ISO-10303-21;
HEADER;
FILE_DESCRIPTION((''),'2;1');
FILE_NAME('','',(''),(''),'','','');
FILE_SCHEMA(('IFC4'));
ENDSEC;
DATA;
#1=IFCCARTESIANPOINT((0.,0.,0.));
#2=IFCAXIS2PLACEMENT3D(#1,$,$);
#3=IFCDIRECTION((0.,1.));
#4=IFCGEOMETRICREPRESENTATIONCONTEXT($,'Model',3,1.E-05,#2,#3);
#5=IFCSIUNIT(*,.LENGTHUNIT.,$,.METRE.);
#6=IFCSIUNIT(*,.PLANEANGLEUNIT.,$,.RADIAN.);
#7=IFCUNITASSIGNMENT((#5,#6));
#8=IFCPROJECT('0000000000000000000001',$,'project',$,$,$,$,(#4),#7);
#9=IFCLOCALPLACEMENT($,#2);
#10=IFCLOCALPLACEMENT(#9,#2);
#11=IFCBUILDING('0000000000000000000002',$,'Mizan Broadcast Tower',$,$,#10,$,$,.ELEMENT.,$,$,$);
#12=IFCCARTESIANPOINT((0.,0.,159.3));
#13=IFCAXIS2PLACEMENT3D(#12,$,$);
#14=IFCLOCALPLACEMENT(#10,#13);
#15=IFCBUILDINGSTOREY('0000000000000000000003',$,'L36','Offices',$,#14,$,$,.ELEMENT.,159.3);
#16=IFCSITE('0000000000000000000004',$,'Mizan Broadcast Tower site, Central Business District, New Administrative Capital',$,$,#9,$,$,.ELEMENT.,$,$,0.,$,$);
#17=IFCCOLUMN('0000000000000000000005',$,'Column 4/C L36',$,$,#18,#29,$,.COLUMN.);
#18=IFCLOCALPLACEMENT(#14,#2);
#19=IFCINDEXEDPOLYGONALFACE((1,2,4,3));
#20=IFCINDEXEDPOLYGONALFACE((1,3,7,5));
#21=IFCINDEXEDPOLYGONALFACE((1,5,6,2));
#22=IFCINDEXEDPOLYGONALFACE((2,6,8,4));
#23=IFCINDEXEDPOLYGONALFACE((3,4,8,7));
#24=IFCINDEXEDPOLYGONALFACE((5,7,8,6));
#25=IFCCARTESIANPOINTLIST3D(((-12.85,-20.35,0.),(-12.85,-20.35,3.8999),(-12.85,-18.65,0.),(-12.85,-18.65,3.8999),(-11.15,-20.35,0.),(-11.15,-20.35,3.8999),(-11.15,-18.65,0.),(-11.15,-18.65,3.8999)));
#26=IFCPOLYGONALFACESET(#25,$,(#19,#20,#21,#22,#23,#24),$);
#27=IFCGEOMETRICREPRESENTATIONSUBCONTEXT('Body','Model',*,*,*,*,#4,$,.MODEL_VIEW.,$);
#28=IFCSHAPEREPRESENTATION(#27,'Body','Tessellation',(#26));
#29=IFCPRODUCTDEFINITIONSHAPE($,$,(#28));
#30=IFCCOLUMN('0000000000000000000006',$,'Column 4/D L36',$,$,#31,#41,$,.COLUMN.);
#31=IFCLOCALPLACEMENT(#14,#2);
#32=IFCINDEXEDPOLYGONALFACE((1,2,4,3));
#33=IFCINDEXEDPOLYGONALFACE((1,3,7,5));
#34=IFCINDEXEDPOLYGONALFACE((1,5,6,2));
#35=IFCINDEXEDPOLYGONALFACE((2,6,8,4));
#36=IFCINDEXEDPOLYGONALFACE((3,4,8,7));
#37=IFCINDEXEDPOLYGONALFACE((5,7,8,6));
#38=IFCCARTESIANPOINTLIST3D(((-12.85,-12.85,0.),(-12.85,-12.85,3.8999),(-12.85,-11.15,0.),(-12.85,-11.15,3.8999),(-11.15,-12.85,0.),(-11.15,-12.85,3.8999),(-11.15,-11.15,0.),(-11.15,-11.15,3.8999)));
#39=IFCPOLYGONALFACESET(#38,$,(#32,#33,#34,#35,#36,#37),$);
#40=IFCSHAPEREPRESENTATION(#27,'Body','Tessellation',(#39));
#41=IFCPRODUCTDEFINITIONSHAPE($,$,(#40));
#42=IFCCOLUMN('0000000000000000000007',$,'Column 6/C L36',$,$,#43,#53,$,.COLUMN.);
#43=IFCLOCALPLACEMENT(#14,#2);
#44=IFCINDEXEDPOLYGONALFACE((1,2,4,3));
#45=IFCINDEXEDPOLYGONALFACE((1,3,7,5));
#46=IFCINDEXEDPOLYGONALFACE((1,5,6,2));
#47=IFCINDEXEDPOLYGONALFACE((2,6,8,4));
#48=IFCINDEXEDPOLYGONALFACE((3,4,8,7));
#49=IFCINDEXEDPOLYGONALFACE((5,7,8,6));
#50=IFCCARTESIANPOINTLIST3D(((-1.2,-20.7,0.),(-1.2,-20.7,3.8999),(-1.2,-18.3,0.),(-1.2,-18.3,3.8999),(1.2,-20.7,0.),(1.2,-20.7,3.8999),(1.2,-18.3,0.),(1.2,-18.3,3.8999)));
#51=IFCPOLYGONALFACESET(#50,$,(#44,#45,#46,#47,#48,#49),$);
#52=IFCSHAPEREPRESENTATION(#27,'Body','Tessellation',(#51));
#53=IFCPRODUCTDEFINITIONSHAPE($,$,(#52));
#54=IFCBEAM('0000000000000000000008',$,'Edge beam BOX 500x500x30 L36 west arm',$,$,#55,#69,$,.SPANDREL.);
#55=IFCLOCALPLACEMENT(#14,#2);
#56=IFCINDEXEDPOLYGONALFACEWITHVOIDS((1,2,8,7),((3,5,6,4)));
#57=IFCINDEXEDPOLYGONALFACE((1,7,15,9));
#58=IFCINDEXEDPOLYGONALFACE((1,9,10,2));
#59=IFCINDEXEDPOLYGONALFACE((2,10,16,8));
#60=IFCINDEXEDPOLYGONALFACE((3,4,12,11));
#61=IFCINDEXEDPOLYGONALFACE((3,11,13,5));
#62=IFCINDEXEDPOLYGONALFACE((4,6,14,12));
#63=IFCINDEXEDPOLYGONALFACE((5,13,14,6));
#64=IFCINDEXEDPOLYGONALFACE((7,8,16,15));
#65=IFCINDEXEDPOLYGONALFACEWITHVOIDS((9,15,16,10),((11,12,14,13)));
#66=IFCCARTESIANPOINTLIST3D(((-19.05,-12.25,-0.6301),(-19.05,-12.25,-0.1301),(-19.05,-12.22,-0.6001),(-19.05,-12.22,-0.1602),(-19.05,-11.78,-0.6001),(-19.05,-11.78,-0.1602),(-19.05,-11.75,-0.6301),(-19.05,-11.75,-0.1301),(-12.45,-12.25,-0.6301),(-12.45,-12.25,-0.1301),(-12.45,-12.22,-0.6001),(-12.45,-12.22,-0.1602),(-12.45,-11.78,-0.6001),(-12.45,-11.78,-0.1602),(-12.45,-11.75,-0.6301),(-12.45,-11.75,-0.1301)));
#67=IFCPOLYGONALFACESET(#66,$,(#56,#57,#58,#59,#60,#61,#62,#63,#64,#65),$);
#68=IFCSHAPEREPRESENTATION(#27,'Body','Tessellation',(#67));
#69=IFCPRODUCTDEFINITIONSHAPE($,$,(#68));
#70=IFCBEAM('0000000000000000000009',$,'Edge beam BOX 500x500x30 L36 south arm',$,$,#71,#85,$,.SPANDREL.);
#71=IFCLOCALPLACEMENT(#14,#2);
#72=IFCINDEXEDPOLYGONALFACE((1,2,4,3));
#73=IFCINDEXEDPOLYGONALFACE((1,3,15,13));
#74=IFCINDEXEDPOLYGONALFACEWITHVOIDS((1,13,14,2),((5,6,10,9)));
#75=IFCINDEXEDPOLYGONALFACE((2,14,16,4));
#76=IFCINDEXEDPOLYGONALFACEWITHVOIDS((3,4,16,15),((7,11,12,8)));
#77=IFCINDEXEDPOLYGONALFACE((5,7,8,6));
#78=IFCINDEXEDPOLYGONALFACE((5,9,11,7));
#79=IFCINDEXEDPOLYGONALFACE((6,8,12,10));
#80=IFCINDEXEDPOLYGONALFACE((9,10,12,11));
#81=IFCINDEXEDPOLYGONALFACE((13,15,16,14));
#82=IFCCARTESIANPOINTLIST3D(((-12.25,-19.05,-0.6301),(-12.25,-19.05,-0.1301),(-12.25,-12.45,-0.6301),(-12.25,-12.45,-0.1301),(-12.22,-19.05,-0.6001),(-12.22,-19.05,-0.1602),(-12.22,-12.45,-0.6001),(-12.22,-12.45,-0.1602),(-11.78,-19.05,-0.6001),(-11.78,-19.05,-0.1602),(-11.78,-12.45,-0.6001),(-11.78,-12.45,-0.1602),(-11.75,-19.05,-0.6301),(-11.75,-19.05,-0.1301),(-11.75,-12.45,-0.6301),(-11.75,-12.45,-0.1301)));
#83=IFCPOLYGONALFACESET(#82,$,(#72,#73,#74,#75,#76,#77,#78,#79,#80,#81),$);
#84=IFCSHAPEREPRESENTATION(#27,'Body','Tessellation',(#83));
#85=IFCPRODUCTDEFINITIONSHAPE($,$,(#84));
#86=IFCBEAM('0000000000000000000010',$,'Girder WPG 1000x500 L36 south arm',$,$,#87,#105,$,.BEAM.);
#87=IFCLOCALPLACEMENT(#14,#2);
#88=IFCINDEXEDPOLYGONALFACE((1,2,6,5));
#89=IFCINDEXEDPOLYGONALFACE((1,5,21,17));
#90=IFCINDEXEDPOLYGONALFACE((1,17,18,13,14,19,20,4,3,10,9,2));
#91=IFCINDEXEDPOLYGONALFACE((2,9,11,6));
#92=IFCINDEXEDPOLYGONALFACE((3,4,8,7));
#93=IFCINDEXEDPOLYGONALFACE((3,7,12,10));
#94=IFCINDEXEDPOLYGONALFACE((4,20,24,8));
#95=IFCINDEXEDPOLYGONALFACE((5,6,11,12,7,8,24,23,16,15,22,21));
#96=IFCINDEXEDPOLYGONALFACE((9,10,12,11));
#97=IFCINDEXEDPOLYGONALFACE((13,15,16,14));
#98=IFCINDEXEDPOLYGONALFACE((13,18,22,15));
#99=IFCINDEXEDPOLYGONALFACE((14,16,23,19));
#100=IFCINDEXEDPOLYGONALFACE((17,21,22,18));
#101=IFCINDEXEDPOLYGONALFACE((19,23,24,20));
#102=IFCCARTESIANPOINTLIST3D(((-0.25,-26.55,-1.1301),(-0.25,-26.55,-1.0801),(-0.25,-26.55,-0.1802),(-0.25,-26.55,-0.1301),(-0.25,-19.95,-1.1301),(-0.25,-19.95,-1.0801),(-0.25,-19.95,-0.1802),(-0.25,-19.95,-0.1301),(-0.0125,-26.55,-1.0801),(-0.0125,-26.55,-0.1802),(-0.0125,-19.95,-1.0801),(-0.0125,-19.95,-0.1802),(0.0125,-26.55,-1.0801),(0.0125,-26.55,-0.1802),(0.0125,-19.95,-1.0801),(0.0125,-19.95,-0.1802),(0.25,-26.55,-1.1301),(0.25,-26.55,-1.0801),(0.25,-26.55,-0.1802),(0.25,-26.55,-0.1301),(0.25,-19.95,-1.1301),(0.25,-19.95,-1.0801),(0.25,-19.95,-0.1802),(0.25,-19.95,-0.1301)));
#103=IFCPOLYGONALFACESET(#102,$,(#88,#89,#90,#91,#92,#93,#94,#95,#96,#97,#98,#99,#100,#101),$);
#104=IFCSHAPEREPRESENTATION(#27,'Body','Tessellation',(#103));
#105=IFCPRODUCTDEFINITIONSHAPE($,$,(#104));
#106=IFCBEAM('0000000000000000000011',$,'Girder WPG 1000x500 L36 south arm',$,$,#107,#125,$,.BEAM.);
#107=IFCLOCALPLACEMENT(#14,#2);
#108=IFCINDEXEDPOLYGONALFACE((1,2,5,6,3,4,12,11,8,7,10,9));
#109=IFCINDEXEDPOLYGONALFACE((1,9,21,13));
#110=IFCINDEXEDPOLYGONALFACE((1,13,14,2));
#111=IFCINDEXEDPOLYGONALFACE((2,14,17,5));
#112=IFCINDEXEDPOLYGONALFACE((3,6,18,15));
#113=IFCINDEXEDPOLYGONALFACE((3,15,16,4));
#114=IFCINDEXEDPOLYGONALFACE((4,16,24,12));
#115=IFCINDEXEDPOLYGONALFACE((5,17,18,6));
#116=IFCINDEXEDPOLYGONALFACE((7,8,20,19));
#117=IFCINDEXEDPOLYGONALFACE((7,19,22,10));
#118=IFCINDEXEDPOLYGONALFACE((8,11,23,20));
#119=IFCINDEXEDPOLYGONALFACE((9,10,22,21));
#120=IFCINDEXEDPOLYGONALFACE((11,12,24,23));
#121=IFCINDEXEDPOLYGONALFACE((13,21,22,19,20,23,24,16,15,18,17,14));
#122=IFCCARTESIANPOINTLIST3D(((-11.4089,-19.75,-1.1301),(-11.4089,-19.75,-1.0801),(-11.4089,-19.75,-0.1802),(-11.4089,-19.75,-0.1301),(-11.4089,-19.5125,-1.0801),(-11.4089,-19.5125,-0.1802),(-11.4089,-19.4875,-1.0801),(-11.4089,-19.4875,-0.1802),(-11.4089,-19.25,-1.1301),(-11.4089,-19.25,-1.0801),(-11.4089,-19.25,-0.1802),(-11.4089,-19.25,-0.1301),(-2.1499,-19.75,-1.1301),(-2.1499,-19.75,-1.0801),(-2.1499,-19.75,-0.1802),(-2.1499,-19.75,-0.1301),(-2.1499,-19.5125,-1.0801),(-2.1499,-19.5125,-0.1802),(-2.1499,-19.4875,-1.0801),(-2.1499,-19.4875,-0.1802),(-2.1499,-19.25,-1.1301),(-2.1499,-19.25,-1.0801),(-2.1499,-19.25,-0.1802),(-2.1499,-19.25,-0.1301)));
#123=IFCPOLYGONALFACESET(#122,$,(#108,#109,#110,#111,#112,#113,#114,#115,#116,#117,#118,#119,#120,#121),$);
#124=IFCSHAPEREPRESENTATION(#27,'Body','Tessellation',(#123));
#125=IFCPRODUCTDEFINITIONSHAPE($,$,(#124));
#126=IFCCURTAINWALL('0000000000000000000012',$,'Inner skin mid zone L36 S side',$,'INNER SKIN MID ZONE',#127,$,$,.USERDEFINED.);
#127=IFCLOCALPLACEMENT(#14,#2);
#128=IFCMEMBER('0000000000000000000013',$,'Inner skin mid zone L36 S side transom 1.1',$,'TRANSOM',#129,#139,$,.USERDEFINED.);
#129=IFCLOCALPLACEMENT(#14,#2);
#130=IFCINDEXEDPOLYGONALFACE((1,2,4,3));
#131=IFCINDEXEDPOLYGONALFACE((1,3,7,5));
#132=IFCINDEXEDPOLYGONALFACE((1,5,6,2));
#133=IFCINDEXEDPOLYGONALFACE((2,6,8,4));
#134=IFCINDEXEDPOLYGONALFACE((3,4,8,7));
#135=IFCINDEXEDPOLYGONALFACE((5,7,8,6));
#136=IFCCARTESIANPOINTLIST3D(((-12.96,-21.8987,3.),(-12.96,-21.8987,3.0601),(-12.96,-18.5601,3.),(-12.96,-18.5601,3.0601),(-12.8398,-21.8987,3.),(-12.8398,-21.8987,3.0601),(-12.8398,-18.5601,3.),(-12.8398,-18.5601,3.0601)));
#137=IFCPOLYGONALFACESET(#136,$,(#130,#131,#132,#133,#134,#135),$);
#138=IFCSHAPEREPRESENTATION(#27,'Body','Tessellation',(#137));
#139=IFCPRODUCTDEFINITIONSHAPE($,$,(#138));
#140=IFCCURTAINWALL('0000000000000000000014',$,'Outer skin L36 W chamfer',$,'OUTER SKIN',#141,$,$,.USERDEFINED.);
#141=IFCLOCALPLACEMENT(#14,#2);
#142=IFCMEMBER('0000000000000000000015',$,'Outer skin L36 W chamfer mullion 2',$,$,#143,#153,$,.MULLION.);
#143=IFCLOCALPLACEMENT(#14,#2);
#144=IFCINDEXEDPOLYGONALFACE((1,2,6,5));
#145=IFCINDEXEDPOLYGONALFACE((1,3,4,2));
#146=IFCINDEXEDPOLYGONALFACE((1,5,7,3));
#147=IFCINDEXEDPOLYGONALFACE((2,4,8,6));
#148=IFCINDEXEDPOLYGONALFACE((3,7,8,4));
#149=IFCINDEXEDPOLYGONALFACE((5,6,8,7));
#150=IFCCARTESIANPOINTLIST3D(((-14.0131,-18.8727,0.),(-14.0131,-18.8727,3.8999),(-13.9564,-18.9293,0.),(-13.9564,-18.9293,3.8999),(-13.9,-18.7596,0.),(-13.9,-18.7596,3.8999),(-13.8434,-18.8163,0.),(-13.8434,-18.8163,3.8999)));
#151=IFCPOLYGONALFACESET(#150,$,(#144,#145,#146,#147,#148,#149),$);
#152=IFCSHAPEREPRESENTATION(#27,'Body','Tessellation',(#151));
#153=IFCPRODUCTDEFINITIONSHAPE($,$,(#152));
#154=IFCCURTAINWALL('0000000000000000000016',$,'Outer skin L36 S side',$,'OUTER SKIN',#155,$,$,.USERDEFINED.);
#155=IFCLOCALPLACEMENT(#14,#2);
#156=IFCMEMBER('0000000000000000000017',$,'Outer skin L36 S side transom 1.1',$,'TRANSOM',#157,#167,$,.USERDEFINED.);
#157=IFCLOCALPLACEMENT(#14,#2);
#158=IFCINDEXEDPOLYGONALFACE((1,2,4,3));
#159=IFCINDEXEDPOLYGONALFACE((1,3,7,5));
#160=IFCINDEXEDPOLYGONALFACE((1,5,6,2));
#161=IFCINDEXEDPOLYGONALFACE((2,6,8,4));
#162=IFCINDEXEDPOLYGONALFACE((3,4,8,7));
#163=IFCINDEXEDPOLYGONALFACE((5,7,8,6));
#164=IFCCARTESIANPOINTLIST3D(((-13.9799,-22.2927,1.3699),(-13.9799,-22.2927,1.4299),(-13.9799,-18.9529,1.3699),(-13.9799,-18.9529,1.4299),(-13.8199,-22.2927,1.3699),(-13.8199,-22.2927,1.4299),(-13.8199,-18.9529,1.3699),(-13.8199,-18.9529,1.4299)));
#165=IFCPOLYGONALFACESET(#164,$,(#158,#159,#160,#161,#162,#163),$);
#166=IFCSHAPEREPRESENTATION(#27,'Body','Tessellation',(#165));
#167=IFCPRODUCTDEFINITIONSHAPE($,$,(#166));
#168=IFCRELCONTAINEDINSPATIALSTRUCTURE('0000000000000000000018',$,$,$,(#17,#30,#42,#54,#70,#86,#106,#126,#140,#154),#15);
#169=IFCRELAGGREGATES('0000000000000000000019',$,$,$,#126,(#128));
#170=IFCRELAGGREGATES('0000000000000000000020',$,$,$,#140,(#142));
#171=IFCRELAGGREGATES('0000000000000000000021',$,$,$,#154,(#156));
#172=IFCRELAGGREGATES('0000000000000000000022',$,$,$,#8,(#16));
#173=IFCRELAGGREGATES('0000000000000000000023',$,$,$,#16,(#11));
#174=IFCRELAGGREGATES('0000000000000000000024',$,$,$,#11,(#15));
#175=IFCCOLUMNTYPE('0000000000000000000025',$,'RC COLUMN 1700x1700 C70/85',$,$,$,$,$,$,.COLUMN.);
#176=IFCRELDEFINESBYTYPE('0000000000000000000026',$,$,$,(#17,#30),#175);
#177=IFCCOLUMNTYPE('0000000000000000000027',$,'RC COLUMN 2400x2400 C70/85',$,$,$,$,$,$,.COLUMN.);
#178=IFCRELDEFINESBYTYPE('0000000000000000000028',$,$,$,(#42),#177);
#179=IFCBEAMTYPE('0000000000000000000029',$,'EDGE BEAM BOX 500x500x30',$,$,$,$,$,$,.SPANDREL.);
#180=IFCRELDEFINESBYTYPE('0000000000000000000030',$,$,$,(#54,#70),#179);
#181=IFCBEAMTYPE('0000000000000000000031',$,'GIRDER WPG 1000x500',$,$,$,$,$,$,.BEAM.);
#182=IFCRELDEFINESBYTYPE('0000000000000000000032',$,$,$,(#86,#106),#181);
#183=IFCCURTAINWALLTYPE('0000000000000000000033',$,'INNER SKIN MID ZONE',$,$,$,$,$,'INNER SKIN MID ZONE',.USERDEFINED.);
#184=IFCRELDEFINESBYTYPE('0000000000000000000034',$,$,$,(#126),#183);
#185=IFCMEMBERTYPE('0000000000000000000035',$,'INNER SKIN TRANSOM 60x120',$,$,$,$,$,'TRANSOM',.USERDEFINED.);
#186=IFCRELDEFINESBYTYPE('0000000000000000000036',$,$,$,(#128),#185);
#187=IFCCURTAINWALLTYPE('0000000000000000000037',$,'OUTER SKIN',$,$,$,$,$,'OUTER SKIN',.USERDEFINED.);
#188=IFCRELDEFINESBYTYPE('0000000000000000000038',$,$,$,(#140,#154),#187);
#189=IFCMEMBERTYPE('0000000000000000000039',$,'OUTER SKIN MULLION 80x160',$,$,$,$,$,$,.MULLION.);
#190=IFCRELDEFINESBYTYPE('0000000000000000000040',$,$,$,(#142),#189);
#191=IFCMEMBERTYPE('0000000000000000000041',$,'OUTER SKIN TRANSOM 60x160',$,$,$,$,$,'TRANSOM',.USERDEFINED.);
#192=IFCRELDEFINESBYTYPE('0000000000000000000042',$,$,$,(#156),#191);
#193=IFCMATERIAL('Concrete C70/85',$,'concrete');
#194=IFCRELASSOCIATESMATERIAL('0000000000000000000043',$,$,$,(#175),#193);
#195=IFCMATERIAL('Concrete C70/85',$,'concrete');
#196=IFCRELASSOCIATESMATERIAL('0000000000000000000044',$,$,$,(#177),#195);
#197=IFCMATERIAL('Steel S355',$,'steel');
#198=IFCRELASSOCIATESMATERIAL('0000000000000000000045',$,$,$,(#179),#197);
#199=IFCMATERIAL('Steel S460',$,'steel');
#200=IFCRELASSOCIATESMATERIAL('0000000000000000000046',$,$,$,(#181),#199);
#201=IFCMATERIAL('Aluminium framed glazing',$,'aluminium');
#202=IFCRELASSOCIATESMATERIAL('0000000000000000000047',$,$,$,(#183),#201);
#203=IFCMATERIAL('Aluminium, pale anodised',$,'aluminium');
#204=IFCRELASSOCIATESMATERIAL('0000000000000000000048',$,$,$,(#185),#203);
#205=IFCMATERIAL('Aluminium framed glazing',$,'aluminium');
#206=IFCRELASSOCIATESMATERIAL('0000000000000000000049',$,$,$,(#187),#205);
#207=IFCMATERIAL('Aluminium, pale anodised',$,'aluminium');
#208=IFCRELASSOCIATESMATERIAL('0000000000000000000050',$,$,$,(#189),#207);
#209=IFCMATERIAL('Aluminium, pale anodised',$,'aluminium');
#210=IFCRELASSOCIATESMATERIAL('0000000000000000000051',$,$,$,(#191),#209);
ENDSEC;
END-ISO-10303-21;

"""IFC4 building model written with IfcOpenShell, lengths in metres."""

from ifc_helpers import new_model, si_unit, direction, frame, origin, origin_2d, place, context, subcontext, project, spatial, rectangle, hollow_rectangle, i_section, extrude, material, material_profile, profile_set, type_object, element, aggregate, save


model = new_model("IFC4")

# Units and contexts
model_context = context("Model", 3, precision=1e-05, world=origin(), true_north=direction((0.0, 1.0)))
body_context = subcontext(model_context, "Body", "Model", "MODEL_VIEW")
ifc_project = project(units=[si_unit("LENGTHUNIT", "METRE"), si_unit("PLANEANGLEUNIT", "RADIAN")], contexts=[model_context])

# Site, building, storey
site_placement = place(None, origin())
site = spatial("IfcSite", under=ifc_project, at=site_placement, Name="Mizan Broadcast Tower site, Central Business District, New Administrative Capital", CompositionType="ELEMENT", RefElevation=0.0)
building_placement = place(site_placement, origin())
building = spatial("IfcBuilding", under=site, at=building_placement, Name="Mizan Broadcast Tower", CompositionType="ELEMENT")
storey_placement = place(building_placement, frame((0.0, 0.0, 159.3)))
storey = spatial("IfcBuildingStorey", under=building, at=storey_placement, Name="L36", Description="Offices", CompositionType="ELEMENT", Elevation=159.3)

# Columns
ifc_material_1 = material(Name="Concrete C70/85", Category="concrete")
ifc_material_profile_1 = material_profile(ifc_material_1, rectangle(XDim=1.7, YDim=1.7, at=origin_2d()), Name="RC 1700x1700")
ifc_profile_set_1 = profile_set([ifc_material_profile_1], Name="Concrete C70/85")
column_type_1 = type_object("IfcColumnType", Name="RC COLUMN 1700x1700 C70/85", PredefinedType="COLUMN", material=ifc_profile_set_1)
for number, where, z_axis, x_axis, name in (
    (1, (-12.0, -19.5, 0.0), (0.0, 0.0, 1.0), (1.0, 0.0, 0.0), "Column 4/C L36"),
    (2, (-12.0, -12.0, 0.0), (0.0, 0.0, 1.0), (1.0, 0.0, 0.0), "Column 4/D L36"),
):
    element("IfcColumn", number, at=place(storey_placement, frame(where, z_axis=z_axis, x_axis=x_axis)), inside=storey, type_object=column_type_1, Name=name, PredefinedType="COLUMN", context=body_context, shape_type="SweptSolid", body=[
        extrude(rectangle(XDim=1.7, YDim=1.7, at=origin_2d()), origin(), (0.0, 0.0, 1.0), 3.8999),
    ])
ifc_material_2 = material(Name="Concrete C70/85", Category="concrete")
ifc_material_profile_2 = material_profile(ifc_material_2, rectangle(XDim=2.3999, YDim=2.3999, at=origin_2d()), Name="RC 2400x2400")
ifc_profile_set_2 = profile_set([ifc_material_profile_2], Name="Concrete C70/85")
column_type_2 = type_object("IfcColumnType", Name="RC COLUMN 2400x2400 C70/85", PredefinedType="COLUMN", material=ifc_profile_set_2)
column_placement = place(storey_placement, frame((0.0, -19.5, 0.0), z_axis=(0.0, 0.0, 1.0), x_axis=(1.0, 0.0, 0.0)))
element("IfcColumn", 3, at=column_placement, inside=storey, type_object=column_type_2, Name="Column 6/C L36", PredefinedType="COLUMN", context=body_context, shape_type="SweptSolid", body=[
    extrude(rectangle(XDim=2.3999, YDim=2.3999, at=origin_2d()), origin(), (0.0, 0.0, 1.0), 3.8999),
])

# Beams
ifc_material_3 = material(Name="Steel S355", Category="steel")
ifc_material_profile_3 = material_profile(ifc_material_3, hollow_rectangle(XDim=0.5, YDim=0.5, WallThickness=0.03, at=origin_2d()), Name="BOX 500x500x30")
ifc_profile_set_3 = profile_set([ifc_material_profile_3], Name="Steel S355")
beam_type_1 = type_object("IfcBeamType", Name="EDGE BEAM BOX 500x500x30", PredefinedType="SPANDREL", material=ifc_profile_set_3)
for number, where, z_axis, x_axis, name in (
    (4, (-12.45, -12.0, -0.3801), (-1.0, 0.0, 0.0), (0.0, -1.0, 0.0), "Edge beam BOX 500x500x30 L36 west arm"),
    (5, (-12.0, -12.45, -0.3801), (0.0, -1.0, 0.0), (1.0, 0.0, 0.0), "Edge beam BOX 500x500x30 L36 south arm"),
):
    element("IfcBeam", number, at=place(storey_placement, frame(where, z_axis=z_axis, x_axis=x_axis)), inside=storey, type_object=beam_type_1, Name=name, PredefinedType="SPANDREL", context=body_context, shape_type="SweptSolid", body=[
        extrude(hollow_rectangle(XDim=0.5, YDim=0.5, WallThickness=0.03, at=origin_2d()), origin(), (0.0, 0.0, 1.0), 6.6001),
    ])
ifc_material_4 = material(Name="Steel S460", Category="steel")
ifc_material_profile_4 = material_profile(ifc_material_4, i_section(OverallWidth=0.5, OverallDepth=1.0, WebThickness=0.0249, FlangeThickness=0.05, at=origin_2d()), Name="WPG 1000x500")
ifc_profile_set_4 = profile_set([ifc_material_profile_4], Name="Steel S460")
beam_type_2 = type_object("IfcBeamType", Name="GIRDER WPG 1000x500", PredefinedType="BEAM", material=ifc_profile_set_4)
beam_1_placement = place(storey_placement, frame((0.0, -19.95, -0.6301), z_axis=(0.0, -1.0, 0.0), x_axis=(1.0, 0.0, 0.0)))
element("IfcBeam", 6, at=beam_1_placement, inside=storey, type_object=beam_type_2, Name="Girder WPG 1000x500 L36 south arm", PredefinedType="BEAM", context=body_context, shape_type="SweptSolid", body=[
    extrude(i_section(OverallWidth=0.5, OverallDepth=1.0, WebThickness=0.0249, FlangeThickness=0.05, at=origin_2d()), origin(), (0.0, 0.0, 1.0), 6.6001),
])
beam_2_placement = place(storey_placement, frame((-11.4089, -19.5, -0.6301), z_axis=(1.0, 0.0, 0.0), x_axis=(0.0, 1.0, 0.0)))
element("IfcBeam", 7, at=beam_2_placement, inside=storey, type_object=beam_type_2, Name="Girder WPG 1000x500 L36 south arm", PredefinedType="BEAM", context=body_context, shape_type="SweptSolid", body=[
    extrude(i_section(OverallWidth=0.5, OverallDepth=1.0, WebThickness=0.0249, FlangeThickness=0.05, at=origin_2d()), origin(), (0.0, 0.0, 1.0), 9.259),
])

# Curtain walls, members
ifc_material_5 = material(Name="Aluminium framed glazing", Category="aluminium")
curtain_wall_type_1 = type_object("IfcCurtainWallType", Name="INNER SKIN MID ZONE", ElementType="INNER SKIN MID ZONE", PredefinedType="USERDEFINED", material=ifc_material_5)
curtain_wall_1_placement = place(storey_placement, origin())
curtain_wall_1 = element("IfcCurtainWall", 8, at=curtain_wall_1_placement, inside=storey, type_object=curtain_wall_type_1, Name="Inner skin mid zone L36 S side", ObjectType="INNER SKIN MID ZONE", PredefinedType="USERDEFINED")
ifc_material_6 = material(Name="Aluminium, pale anodised", Category="aluminium")
ifc_material_profile_5 = material_profile(ifc_material_6, rectangle(XDim=0.1201, YDim=0.0601, at=origin_2d()), Name="TRANSOM 120x60")
ifc_profile_set_5 = profile_set([ifc_material_profile_5], Name="Aluminium, pale anodised")
member_type_1 = type_object("IfcMemberType", Name="INNER SKIN TRANSOM 60x120", ElementType="TRANSOM", PredefinedType="USERDEFINED", material=ifc_profile_set_5)
member_1_placement = place(storey_placement, frame((-12.8999, -18.5601, 3.03), z_axis=(0.0, -1.0, 0.0), x_axis=(1.0, 0.0, 0.0)))
member_1 = element("IfcMember", 9, at=member_1_placement, type_object=member_type_1, Name="Inner skin mid zone L36 S side transom 1.1", ObjectType="TRANSOM", PredefinedType="USERDEFINED", context=body_context, shape_type="SweptSolid", body=[
    extrude(rectangle(XDim=0.1201, YDim=0.0601, at=origin_2d()), origin(), (0.0, 0.0, 1.0), 3.3386),
])
aggregate(curtain_wall_1, [member_1])
ifc_material_7 = material(Name="Aluminium framed glazing", Category="aluminium")
curtain_wall_type_2 = type_object("IfcCurtainWallType", Name="OUTER SKIN", ElementType="OUTER SKIN", PredefinedType="USERDEFINED", material=ifc_material_7)
curtain_wall_2_placement = place(storey_placement, origin())
curtain_wall_2 = element("IfcCurtainWall", 10, at=curtain_wall_2_placement, inside=storey, type_object=curtain_wall_type_2, Name="Outer skin L36 W chamfer", ObjectType="OUTER SKIN", PredefinedType="USERDEFINED")
ifc_material_8 = material(Name="Aluminium, pale anodised", Category="aluminium")
ifc_material_profile_6 = material_profile(ifc_material_8, rectangle(XDim=0.1599, YDim=0.0801, at=origin_2d()), Name="MULLION 160x80")
ifc_profile_set_6 = profile_set([ifc_material_profile_6], Name="Aluminium, pale anodised")
member_type_2 = type_object("IfcMemberType", Name="OUTER SKIN MULLION 80x160", PredefinedType="MULLION", material=ifc_profile_set_6)
member_2_placement = place(storey_placement, frame((-13.9282, -18.8445, 0.0), z_axis=(0.0, 0.0, 1.0), x_axis=(0.707107, 0.707107, 0.0)))
member_2 = element("IfcMember", 11, at=member_2_placement, type_object=member_type_2, Name="Outer skin L36 W chamfer mullion 2", PredefinedType="MULLION", context=body_context, shape_type="SweptSolid", body=[
    extrude(rectangle(XDim=0.1599, YDim=0.0801, at=origin_2d()), origin(), (0.0, 0.0, 1.0), 3.8999),
])
aggregate(curtain_wall_2, [member_2])
curtain_wall_3_placement = place(storey_placement, origin())
curtain_wall_3 = element("IfcCurtainWall", 12, at=curtain_wall_3_placement, inside=storey, type_object=curtain_wall_type_2, Name="Outer skin L36 S side", ObjectType="OUTER SKIN", PredefinedType="USERDEFINED")
ifc_material_9 = material(Name="Aluminium, pale anodised", Category="aluminium")
ifc_material_profile_7 = material_profile(ifc_material_9, rectangle(XDim=0.1599, YDim=0.0601, at=origin_2d()), Name="TRANSOM 160x60")
ifc_profile_set_7 = profile_set([ifc_material_profile_7], Name="Aluminium, pale anodised")
member_type_3 = type_object("IfcMemberType", Name="OUTER SKIN TRANSOM 60x160", ElementType="TRANSOM", PredefinedType="USERDEFINED", material=ifc_profile_set_7)
member_3_placement = place(storey_placement, frame((-13.8999, -18.9529, 1.3999), z_axis=(0.0, -1.0, 0.0), x_axis=(1.0, 0.0, 0.0)))
member_3 = element("IfcMember", 13, at=member_3_placement, type_object=member_type_3, Name="Outer skin L36 S side transom 1.1", ObjectType="TRANSOM", PredefinedType="USERDEFINED", context=body_context, shape_type="SweptSolid", body=[
    extrude(rectangle(XDim=0.1599, YDim=0.0601, at=origin_2d()), origin(), (0.0, 0.0, 1.0), 3.3398),
])
aggregate(curtain_wall_3, [member_3])

save(model, "model.ifc")
